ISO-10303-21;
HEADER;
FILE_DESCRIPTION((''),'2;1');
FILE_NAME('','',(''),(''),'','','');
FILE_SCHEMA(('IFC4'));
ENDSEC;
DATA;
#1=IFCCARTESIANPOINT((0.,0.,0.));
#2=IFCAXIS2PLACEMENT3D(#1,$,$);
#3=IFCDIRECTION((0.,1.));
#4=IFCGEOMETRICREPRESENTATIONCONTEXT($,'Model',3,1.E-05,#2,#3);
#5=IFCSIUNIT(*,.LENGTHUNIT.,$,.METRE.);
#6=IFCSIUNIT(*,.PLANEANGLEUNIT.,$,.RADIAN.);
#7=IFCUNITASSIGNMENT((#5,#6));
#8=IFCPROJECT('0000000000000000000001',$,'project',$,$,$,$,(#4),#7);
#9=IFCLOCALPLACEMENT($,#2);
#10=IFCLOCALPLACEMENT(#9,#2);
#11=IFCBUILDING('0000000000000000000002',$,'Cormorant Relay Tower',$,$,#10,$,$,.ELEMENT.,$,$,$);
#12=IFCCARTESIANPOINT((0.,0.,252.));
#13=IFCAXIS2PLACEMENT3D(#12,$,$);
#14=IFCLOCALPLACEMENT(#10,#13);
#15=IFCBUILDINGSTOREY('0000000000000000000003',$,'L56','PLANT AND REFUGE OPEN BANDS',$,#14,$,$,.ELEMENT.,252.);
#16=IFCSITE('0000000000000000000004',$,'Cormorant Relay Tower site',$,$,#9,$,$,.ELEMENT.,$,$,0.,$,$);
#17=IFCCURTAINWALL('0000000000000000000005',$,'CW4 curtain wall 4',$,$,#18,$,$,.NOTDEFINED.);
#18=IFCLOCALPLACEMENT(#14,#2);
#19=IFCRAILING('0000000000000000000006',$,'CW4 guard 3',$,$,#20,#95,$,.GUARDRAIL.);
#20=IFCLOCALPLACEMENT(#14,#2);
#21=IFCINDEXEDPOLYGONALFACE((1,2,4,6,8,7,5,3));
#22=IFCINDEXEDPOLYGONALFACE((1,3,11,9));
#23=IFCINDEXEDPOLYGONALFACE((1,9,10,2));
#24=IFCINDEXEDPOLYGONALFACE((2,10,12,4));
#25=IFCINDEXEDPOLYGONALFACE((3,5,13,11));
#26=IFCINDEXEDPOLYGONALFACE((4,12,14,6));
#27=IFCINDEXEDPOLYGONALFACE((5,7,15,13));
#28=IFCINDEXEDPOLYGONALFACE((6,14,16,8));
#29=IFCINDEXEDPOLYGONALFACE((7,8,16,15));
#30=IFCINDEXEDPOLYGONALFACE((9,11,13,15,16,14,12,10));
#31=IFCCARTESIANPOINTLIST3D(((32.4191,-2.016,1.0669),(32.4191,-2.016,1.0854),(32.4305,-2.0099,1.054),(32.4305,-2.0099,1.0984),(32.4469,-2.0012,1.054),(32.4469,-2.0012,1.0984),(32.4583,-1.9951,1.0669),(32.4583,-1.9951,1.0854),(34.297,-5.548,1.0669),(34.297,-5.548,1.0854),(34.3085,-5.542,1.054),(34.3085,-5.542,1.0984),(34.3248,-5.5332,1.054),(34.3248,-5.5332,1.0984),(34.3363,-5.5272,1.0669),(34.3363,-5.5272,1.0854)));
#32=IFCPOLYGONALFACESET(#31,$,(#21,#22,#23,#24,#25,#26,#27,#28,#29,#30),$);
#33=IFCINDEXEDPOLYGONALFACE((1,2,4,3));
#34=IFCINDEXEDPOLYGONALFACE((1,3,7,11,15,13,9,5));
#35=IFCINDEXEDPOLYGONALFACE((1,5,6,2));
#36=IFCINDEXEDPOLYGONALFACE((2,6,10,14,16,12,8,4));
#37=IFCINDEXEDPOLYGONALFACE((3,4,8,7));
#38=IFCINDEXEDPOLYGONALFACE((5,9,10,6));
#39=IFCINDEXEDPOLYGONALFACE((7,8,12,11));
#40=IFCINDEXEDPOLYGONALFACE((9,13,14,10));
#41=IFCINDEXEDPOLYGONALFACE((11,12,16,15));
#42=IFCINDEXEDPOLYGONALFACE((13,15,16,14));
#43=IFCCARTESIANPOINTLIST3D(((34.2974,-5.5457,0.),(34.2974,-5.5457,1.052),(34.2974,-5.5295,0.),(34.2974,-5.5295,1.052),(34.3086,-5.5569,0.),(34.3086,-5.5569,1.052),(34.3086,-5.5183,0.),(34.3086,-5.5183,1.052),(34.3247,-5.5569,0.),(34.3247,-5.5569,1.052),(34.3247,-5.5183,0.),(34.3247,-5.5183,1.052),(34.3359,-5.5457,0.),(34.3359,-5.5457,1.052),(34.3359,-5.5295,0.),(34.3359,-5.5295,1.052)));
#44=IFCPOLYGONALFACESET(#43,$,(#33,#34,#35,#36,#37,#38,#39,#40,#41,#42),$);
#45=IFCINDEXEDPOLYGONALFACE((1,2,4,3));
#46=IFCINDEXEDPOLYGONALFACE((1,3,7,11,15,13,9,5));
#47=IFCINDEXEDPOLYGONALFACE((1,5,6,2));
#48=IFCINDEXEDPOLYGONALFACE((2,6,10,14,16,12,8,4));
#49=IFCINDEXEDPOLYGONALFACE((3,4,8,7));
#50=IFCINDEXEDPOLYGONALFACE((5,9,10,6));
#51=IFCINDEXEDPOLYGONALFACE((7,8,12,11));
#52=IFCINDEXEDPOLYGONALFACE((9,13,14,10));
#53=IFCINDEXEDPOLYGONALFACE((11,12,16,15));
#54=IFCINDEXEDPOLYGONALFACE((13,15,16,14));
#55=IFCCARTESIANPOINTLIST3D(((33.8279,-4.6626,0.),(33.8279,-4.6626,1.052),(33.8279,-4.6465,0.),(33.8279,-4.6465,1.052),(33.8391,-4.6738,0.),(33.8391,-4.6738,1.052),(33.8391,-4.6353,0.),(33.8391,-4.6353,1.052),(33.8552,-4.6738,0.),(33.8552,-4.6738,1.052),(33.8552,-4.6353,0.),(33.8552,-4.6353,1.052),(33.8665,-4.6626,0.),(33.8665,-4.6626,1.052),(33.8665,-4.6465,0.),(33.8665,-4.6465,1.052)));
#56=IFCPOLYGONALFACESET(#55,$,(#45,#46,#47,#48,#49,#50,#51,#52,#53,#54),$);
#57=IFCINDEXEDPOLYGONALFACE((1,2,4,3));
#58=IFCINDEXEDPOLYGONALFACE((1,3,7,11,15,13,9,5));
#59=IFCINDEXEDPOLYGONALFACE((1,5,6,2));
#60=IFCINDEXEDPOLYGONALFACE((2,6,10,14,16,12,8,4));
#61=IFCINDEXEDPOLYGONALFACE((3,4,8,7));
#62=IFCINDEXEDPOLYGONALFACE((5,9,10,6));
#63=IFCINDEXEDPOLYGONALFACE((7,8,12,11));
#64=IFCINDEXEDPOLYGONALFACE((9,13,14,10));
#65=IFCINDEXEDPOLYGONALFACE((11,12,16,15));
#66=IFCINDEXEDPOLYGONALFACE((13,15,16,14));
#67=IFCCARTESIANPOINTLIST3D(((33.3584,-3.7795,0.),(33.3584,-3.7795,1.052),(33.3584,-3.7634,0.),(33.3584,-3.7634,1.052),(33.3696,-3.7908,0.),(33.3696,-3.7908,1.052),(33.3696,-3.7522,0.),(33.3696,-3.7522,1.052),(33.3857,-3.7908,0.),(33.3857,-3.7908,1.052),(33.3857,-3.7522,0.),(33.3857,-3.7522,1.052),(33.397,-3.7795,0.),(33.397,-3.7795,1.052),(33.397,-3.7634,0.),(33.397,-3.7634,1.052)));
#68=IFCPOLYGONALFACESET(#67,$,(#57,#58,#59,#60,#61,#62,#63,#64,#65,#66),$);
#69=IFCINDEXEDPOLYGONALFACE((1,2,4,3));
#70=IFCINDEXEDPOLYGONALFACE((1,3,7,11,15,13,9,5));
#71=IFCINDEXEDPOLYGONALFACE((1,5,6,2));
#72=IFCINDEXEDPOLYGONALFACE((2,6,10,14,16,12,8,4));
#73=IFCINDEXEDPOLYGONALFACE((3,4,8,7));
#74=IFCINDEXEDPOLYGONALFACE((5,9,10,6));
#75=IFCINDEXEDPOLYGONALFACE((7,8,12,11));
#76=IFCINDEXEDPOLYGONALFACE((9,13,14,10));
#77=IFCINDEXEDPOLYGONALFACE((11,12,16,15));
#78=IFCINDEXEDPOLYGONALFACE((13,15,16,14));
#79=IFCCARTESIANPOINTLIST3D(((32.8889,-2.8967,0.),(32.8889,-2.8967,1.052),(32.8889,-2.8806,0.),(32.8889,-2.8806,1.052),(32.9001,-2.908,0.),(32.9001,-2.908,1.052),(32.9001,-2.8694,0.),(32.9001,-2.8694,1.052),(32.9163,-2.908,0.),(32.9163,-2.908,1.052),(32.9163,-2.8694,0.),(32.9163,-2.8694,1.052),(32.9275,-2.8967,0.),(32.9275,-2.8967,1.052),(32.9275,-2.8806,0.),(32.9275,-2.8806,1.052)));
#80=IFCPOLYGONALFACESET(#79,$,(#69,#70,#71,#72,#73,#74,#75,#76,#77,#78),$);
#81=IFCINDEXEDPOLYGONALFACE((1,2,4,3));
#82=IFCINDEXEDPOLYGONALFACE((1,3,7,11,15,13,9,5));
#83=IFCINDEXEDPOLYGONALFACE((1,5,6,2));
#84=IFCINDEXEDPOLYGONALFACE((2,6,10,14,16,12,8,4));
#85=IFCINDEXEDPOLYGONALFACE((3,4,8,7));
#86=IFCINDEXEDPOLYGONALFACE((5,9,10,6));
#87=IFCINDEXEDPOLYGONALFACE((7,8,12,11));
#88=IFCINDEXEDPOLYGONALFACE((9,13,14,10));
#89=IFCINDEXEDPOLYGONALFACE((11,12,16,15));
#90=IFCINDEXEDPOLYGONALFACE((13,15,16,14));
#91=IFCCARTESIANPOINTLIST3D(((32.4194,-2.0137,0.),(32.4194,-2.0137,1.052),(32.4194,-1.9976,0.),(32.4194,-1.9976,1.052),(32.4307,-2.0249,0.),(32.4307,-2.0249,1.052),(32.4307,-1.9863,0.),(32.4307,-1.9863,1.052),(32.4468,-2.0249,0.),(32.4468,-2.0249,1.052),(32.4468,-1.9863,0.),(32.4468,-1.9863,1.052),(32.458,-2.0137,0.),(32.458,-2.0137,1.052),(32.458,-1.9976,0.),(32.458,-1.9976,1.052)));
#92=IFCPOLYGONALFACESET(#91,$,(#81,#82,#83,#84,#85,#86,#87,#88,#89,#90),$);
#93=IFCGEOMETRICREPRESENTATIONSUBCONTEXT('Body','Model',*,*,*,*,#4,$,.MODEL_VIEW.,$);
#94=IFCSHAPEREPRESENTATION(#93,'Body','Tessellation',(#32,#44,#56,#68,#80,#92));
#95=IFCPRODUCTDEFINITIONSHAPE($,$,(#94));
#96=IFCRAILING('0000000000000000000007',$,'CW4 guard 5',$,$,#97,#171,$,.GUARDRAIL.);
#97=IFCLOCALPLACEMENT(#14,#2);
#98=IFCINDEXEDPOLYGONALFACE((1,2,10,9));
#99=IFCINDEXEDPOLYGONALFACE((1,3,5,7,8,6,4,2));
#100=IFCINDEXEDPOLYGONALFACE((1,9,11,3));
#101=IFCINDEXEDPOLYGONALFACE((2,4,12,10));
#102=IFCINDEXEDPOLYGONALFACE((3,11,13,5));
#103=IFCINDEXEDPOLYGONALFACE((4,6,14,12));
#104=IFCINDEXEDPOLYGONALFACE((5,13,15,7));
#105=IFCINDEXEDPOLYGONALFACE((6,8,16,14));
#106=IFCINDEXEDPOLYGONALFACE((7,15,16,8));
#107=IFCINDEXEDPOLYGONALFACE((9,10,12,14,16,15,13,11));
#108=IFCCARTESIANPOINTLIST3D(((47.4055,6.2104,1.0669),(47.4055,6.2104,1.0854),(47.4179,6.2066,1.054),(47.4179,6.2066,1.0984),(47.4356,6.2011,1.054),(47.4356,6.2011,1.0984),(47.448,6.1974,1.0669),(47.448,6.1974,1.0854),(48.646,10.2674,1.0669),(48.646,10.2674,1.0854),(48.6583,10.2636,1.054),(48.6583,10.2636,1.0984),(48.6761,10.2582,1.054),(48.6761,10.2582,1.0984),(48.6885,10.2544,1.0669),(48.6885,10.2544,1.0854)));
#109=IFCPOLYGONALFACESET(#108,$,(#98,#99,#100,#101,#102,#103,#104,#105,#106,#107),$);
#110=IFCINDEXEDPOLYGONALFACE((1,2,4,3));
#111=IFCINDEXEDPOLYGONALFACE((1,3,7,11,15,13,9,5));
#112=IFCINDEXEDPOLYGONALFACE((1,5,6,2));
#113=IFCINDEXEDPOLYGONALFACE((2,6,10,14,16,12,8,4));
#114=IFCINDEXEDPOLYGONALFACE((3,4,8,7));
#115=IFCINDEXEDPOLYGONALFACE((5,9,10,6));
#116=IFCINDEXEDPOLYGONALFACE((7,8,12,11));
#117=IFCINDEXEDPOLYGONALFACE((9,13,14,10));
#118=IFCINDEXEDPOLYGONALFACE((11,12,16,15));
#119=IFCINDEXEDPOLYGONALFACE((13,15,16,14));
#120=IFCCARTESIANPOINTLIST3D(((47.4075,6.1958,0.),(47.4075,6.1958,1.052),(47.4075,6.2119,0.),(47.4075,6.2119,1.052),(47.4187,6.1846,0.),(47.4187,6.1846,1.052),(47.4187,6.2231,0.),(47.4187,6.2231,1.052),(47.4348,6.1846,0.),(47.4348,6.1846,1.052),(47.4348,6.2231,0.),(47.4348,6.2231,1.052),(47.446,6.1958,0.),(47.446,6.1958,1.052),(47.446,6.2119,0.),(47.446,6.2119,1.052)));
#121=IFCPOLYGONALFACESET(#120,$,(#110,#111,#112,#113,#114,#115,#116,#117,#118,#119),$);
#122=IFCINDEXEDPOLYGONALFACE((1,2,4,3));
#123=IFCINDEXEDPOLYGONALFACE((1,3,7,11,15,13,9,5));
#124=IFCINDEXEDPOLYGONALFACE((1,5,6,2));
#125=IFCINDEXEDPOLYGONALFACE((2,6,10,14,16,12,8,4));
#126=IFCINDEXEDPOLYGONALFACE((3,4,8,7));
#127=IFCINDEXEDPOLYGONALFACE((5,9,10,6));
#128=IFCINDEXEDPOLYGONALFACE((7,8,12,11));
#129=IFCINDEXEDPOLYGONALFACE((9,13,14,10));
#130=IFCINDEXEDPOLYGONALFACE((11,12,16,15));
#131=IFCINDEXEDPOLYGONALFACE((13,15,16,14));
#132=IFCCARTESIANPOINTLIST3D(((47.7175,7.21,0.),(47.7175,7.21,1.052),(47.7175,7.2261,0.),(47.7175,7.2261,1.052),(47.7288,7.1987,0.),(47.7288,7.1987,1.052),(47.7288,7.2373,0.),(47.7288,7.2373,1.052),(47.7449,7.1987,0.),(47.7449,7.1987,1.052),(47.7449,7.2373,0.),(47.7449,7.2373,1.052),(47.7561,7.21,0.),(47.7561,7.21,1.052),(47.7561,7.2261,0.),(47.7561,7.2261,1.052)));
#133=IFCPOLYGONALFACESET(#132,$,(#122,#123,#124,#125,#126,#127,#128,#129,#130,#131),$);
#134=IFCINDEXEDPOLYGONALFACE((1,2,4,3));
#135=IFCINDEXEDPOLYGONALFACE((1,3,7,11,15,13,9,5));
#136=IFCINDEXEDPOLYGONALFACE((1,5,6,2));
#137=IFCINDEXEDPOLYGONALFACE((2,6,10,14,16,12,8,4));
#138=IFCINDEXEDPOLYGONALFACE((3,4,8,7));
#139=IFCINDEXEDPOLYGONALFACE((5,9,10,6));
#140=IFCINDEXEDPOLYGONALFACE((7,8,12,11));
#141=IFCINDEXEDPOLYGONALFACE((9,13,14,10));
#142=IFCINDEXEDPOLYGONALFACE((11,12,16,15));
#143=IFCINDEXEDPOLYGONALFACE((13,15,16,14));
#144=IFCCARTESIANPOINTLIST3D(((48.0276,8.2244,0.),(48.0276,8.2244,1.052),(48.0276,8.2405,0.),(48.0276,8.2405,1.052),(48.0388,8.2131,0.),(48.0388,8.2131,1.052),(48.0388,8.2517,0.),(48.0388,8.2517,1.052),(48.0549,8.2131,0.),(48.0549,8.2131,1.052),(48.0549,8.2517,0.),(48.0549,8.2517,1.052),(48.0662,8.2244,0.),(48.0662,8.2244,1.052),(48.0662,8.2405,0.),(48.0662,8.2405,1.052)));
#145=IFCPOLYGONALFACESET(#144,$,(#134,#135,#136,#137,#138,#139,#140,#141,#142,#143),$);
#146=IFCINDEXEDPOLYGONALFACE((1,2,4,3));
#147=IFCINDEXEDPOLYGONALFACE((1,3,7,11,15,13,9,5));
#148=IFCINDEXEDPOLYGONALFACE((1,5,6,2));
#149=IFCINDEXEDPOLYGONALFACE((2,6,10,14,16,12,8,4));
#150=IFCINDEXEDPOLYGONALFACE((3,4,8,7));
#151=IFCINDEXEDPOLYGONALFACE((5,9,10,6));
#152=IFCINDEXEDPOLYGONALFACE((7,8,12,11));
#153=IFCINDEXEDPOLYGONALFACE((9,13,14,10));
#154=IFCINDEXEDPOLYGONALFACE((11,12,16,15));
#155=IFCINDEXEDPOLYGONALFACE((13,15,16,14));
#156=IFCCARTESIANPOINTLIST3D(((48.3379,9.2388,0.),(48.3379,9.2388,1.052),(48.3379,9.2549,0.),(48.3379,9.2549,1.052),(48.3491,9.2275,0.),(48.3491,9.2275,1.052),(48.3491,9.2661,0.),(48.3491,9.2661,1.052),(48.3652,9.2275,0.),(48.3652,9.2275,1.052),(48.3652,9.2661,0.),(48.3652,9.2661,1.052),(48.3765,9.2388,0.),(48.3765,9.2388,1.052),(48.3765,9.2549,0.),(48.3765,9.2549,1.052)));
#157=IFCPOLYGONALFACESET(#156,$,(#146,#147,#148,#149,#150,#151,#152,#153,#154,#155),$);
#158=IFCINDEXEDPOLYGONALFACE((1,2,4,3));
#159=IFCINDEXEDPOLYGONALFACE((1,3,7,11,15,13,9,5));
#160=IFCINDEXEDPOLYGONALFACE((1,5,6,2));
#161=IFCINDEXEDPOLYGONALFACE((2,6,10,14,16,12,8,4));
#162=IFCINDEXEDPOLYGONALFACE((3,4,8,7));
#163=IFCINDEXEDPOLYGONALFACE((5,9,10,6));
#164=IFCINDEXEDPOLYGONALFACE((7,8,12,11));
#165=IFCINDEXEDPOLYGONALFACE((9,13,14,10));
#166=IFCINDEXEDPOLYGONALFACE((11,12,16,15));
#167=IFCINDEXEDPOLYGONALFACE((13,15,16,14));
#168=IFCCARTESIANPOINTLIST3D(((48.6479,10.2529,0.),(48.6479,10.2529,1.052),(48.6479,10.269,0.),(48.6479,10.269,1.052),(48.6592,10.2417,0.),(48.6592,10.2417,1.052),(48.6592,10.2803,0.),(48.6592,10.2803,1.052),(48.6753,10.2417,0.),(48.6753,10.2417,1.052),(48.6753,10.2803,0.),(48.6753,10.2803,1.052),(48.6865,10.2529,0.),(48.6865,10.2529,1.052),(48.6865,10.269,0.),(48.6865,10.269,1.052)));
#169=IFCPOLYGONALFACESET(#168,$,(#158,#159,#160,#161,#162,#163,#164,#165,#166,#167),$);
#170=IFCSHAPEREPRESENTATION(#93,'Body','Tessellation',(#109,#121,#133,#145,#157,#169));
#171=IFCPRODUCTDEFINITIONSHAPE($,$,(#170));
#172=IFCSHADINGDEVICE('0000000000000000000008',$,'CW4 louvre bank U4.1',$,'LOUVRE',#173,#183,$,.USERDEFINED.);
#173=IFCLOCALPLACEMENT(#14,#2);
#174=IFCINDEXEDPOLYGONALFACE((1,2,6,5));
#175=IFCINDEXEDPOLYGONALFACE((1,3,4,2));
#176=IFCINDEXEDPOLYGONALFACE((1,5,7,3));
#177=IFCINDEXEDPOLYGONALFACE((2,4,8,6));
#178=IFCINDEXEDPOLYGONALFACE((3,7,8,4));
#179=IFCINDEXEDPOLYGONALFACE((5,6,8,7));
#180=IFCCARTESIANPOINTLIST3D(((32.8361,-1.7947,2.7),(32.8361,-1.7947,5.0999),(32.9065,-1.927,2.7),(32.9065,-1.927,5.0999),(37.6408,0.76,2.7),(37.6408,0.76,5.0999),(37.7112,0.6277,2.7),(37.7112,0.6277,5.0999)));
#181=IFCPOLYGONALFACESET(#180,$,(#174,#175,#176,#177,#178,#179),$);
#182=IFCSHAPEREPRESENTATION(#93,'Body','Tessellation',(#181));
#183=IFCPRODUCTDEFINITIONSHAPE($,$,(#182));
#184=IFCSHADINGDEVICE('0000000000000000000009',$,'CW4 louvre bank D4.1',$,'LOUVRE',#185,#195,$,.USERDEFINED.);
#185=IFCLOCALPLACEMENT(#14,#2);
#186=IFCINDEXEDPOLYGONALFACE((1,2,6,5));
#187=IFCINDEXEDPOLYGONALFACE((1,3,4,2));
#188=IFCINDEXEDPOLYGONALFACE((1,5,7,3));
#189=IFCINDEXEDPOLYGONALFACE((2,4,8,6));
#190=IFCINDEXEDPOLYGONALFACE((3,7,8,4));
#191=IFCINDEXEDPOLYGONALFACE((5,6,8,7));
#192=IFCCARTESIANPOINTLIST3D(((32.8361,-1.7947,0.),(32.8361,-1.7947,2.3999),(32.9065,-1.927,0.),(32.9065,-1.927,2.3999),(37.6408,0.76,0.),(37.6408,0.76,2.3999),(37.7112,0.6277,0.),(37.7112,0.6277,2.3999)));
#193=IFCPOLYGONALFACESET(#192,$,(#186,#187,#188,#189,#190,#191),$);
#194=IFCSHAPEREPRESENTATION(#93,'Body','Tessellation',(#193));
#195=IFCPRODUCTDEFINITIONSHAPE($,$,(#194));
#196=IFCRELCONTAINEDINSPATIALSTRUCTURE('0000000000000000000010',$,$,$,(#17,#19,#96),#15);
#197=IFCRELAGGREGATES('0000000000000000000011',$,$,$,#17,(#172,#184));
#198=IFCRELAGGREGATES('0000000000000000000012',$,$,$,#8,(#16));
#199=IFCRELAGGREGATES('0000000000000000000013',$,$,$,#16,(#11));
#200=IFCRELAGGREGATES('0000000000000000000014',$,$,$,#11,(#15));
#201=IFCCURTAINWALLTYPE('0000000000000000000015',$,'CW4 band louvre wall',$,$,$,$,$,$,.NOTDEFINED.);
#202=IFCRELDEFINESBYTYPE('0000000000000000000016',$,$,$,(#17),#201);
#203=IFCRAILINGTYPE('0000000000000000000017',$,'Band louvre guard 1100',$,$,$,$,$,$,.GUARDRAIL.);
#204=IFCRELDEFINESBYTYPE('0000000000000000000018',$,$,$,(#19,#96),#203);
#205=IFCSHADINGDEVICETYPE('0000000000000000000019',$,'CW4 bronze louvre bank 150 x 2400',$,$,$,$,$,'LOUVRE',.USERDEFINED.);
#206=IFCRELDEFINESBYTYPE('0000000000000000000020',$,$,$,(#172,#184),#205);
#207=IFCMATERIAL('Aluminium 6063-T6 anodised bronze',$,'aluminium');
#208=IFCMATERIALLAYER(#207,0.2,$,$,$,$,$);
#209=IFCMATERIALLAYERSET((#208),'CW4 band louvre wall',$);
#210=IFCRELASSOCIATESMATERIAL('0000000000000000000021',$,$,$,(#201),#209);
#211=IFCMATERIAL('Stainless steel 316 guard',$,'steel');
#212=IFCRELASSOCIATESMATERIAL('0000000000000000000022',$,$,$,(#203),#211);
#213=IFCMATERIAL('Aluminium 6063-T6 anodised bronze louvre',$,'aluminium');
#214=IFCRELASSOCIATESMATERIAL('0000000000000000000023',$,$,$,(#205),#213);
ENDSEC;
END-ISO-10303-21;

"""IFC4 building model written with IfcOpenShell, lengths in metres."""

from ifc_helpers import new_model, si_unit, direction, frame, origin, origin_2d, place, context, subcontext, project, spatial, polyline, rectangle, outline, extrude, material, layer, layer_set, type_object, element, aggregate, save


model = new_model("IFC4")

# Units and contexts
model_context = context("Model", 3, precision=1e-05, world=origin(), true_north=direction((0.0, 1.0)))
body_context = subcontext(model_context, "Body", "Model", "MODEL_VIEW")
ifc_project = project(units=[si_unit("LENGTHUNIT", "METRE"), si_unit("PLANEANGLEUNIT", "RADIAN")], contexts=[model_context])

# Site, building, storey
site_placement = place(None, origin())
site = spatial("IfcSite", under=ifc_project, at=site_placement, Name="Cormorant Relay Tower site", CompositionType="ELEMENT", RefElevation=0.0)
building_placement = place(site_placement, origin())
building = spatial("IfcBuilding", under=site, at=building_placement, Name="Cormorant Relay Tower", CompositionType="ELEMENT")
storey_placement = place(building_placement, frame((0.0, 0.0, 252.0)))
storey = spatial("IfcBuildingStorey", under=building, at=storey_placement, Name="L56", Description="PLANT AND REFUGE OPEN BANDS", CompositionType="ELEMENT", Elevation=252.0)

# Shared definitions
ifc_material_1 = material(Name="Aluminium 6063-T6 anodised bronze", Category="aluminium")
ifc_layer_1 = layer(ifc_material_1, 0.2)
ifc_layer_set_1 = layer_set([ifc_layer_1], Name="CW4 band louvre wall")
curtain_wall_type = type_object("IfcCurtainWallType", Name="CW4 band louvre wall", PredefinedType="NOTDEFINED", material=ifc_layer_set_1)

# Curtain wall
curtain_wall_1_placement = place(storey_placement, origin())
curtain_wall_1 = element("IfcCurtainWall", 1, at=curtain_wall_1_placement, inside=storey, type_object=curtain_wall_type, Name="CW4 curtain wall 4", PredefinedType="NOTDEFINED")

# Railings
ifc_material_2 = material(Name="Stainless steel 316 guard", Category="steel")
railing_type = type_object("IfcRailingType", Name="Band louvre guard 1100", PredefinedType="GUARDRAIL", material=ifc_material_2)
railing_1_placement = place(storey_placement, frame((34.3167, -5.5376, 0.0)))
element("IfcRailing", 2, at=railing_1_placement, inside=storey, type_object=railing_type, Name="CW4 guard 3", PredefinedType="GUARDRAIL", context=body_context, shape_type="SweptSolid", body=[
    extrude(outline(polyline([(0.0222, 0.0093), (0.0093, 0.0222), (-0.0093, 0.0222), (-0.0222, 0.0093), (-0.0222, -0.0093), (-0.0093, -0.0222), (0.0093, -0.0222), (0.0222, -0.0093), (0.0222, 0.0093)])), frame((0.0, 0.0, 1.0762), z_axis=(-0.46946, 0.882954, 0.0), x_axis=(-0.882954, -0.46946, 0.0)), (0.0, 0.0, 1.0), 4.0002),
    extrude(outline(polyline([(0.0193, 0.0081), (0.0081, 0.0193), (-0.0081, 0.0193), (-0.0193, 0.0081), (-0.0193, -0.0081), (-0.0081, -0.0193), (0.0081, -0.0193), (0.0193, -0.0081), (0.0193, 0.0081)])), origin(), (0.0, 0.0, 1.0), 1.052),
    extrude(outline(polyline([(0.0193, 0.0081), (0.0081, 0.0193), (-0.0081, 0.0193), (-0.0193, 0.0081), (-0.0193, -0.0081), (-0.0081, -0.0193), (0.0081, -0.0193), (0.0193, -0.0081), (0.0193, 0.0081)])), frame((-0.4695, 0.8831, 0.0)), (0.0, 0.0, 1.0), 1.052),
    extrude(outline(polyline([(0.0193, 0.0081), (0.0081, 0.0193), (-0.0081, 0.0193), (-0.0193, 0.0081), (-0.0193, -0.0081), (-0.0081, -0.0193), (0.0081, -0.0193), (0.0193, -0.0081), (0.0193, 0.0081)])), frame((-0.939, 1.7661, 0.0)), (0.0, 0.0, 1.0), 1.052),
    extrude(outline(polyline([(0.0193, 0.0081), (0.0081, 0.0193), (-0.0081, 0.0193), (-0.0193, 0.0081), (-0.0193, -0.0081), (-0.0081, -0.0193), (0.0081, -0.0193), (0.0193, -0.0081), (0.0193, 0.0081)])), frame((-1.4084, 2.6489, 0.0)), (0.0, 0.0, 1.0), 1.052),
    extrude(outline(polyline([(0.0193, 0.0081), (0.0081, 0.0193), (-0.0081, 0.0193), (-0.0193, 0.0081), (-0.0193, -0.0081), (-0.0081, -0.0193), (0.0081, -0.0193), (0.0193, -0.0081), (0.0193, 0.0081)])), frame((-1.8779, 3.532, 0.0)), (0.0, 0.0, 1.0), 1.052),
])
railing_2_placement = place(storey_placement, frame((47.4268, 6.2039, 0.0)))
element("IfcRailing", 3, at=railing_2_placement, inside=storey, type_object=railing_type, Name="CW4 guard 5", PredefinedType="GUARDRAIL", context=body_context, shape_type="SweptSolid", body=[
    extrude(outline(polyline([(0.0222, 0.0093), (0.0093, 0.0222), (-0.0093, 0.0222), (-0.0222, 0.0093), (-0.0222, -0.0093), (-0.0093, -0.0222), (0.0093, -0.0222), (0.0222, -0.0093), (0.0222, 0.0093)])), frame((0.0, 0.0, 1.0762), z_axis=(0.292391, 0.956299, 0.0), x_axis=(-0.956299, 0.292391, 0.0)), (0.0, 0.0, 1.0), 4.2424),
    extrude(outline(polyline([(0.0193, 0.0081), (0.0081, 0.0193), (-0.0081, 0.0193), (-0.0193, 0.0081), (-0.0193, -0.0081), (-0.0081, -0.0193), (0.0081, -0.0193), (0.0193, -0.0081), (0.0193, 0.0081)])), origin(), (0.0, 0.0, 1.0), 1.052),
    extrude(outline(polyline([(0.0193, 0.0081), (0.0081, 0.0193), (-0.0081, 0.0193), (-0.0193, 0.0081), (-0.0193, -0.0081), (-0.0081, -0.0193), (0.0081, -0.0193), (0.0193, -0.0081), (0.0193, 0.0081)])), frame((0.3101, 1.0142, 0.0)), (0.0, 0.0, 1.0), 1.052),
    extrude(outline(polyline([(0.0193, 0.0081), (0.0081, 0.0193), (-0.0081, 0.0193), (-0.0193, 0.0081), (-0.0193, -0.0081), (-0.0081, -0.0193), (0.0081, -0.0193), (0.0193, -0.0081), (0.0193, 0.0081)])), frame((0.6201, 2.0286, 0.0)), (0.0, 0.0, 1.0), 1.052),
    extrude(outline(polyline([(0.0193, 0.0081), (0.0081, 0.0193), (-0.0081, 0.0193), (-0.0193, 0.0081), (-0.0193, -0.0081), (-0.0081, -0.0193), (0.0081, -0.0193), (0.0193, -0.0081), (0.0193, 0.0081)])), frame((0.9304, 3.043, 0.0)), (0.0, 0.0, 1.0), 1.052),
    extrude(outline(polyline([(0.0193, 0.0081), (0.0081, 0.0193), (-0.0081, 0.0193), (-0.0193, 0.0081), (-0.0193, -0.0081), (-0.0081, -0.0193), (0.0081, -0.0193), (0.0193, -0.0081), (0.0193, 0.0081)])), frame((1.2405, 4.0571, 0.0)), (0.0, 0.0, 1.0), 1.052),
])

# Shading devices
ifc_material_3 = material(Name="Aluminium 6063-T6 anodised bronze louvre", Category="aluminium")
shading_device_type = type_object("IfcShadingDeviceType", Name="CW4 bronze louvre bank 150 x 2400", ElementType="LOUVRE", PredefinedType="USERDEFINED", material=ifc_material_3)
shading_device_1_placement = place(storey_placement, frame((35.2737, -0.5835, 2.7), z_axis=(0.0, 0.0, 1.0), x_axis=(0.882948, 0.469472, 0.0)))
shading_device_1 = element("IfcShadingDevice", 4, at=shading_device_1_placement, type_object=shading_device_type, Name="CW4 louvre bank U4.1", ObjectType="LOUVRE", PredefinedType="USERDEFINED", context=body_context, shape_type="SweptSolid", body=[
    extrude(rectangle(XDim=5.4417, YDim=0.1499, at=origin_2d()), origin(), (0.0, 0.0, 1.0), 2.3999),
])
shading_device_2_placement = place(storey_placement, frame((35.2737, -0.5835, 0.0), z_axis=(0.0, 0.0, 1.0), x_axis=(0.882948, 0.469472, 0.0)))
shading_device_2 = element("IfcShadingDevice", 5, at=shading_device_2_placement, type_object=shading_device_type, Name="CW4 louvre bank D4.1", ObjectType="LOUVRE", PredefinedType="USERDEFINED", context=body_context, shape_type="SweptSolid", body=[
    extrude(rectangle(XDim=5.4417, YDim=0.1499, at=origin_2d()), origin(), (0.0, 0.0, 1.0), 2.3999),
])
aggregate(curtain_wall_1, [shading_device_1, shading_device_2])

save(model, "model.ifc")
